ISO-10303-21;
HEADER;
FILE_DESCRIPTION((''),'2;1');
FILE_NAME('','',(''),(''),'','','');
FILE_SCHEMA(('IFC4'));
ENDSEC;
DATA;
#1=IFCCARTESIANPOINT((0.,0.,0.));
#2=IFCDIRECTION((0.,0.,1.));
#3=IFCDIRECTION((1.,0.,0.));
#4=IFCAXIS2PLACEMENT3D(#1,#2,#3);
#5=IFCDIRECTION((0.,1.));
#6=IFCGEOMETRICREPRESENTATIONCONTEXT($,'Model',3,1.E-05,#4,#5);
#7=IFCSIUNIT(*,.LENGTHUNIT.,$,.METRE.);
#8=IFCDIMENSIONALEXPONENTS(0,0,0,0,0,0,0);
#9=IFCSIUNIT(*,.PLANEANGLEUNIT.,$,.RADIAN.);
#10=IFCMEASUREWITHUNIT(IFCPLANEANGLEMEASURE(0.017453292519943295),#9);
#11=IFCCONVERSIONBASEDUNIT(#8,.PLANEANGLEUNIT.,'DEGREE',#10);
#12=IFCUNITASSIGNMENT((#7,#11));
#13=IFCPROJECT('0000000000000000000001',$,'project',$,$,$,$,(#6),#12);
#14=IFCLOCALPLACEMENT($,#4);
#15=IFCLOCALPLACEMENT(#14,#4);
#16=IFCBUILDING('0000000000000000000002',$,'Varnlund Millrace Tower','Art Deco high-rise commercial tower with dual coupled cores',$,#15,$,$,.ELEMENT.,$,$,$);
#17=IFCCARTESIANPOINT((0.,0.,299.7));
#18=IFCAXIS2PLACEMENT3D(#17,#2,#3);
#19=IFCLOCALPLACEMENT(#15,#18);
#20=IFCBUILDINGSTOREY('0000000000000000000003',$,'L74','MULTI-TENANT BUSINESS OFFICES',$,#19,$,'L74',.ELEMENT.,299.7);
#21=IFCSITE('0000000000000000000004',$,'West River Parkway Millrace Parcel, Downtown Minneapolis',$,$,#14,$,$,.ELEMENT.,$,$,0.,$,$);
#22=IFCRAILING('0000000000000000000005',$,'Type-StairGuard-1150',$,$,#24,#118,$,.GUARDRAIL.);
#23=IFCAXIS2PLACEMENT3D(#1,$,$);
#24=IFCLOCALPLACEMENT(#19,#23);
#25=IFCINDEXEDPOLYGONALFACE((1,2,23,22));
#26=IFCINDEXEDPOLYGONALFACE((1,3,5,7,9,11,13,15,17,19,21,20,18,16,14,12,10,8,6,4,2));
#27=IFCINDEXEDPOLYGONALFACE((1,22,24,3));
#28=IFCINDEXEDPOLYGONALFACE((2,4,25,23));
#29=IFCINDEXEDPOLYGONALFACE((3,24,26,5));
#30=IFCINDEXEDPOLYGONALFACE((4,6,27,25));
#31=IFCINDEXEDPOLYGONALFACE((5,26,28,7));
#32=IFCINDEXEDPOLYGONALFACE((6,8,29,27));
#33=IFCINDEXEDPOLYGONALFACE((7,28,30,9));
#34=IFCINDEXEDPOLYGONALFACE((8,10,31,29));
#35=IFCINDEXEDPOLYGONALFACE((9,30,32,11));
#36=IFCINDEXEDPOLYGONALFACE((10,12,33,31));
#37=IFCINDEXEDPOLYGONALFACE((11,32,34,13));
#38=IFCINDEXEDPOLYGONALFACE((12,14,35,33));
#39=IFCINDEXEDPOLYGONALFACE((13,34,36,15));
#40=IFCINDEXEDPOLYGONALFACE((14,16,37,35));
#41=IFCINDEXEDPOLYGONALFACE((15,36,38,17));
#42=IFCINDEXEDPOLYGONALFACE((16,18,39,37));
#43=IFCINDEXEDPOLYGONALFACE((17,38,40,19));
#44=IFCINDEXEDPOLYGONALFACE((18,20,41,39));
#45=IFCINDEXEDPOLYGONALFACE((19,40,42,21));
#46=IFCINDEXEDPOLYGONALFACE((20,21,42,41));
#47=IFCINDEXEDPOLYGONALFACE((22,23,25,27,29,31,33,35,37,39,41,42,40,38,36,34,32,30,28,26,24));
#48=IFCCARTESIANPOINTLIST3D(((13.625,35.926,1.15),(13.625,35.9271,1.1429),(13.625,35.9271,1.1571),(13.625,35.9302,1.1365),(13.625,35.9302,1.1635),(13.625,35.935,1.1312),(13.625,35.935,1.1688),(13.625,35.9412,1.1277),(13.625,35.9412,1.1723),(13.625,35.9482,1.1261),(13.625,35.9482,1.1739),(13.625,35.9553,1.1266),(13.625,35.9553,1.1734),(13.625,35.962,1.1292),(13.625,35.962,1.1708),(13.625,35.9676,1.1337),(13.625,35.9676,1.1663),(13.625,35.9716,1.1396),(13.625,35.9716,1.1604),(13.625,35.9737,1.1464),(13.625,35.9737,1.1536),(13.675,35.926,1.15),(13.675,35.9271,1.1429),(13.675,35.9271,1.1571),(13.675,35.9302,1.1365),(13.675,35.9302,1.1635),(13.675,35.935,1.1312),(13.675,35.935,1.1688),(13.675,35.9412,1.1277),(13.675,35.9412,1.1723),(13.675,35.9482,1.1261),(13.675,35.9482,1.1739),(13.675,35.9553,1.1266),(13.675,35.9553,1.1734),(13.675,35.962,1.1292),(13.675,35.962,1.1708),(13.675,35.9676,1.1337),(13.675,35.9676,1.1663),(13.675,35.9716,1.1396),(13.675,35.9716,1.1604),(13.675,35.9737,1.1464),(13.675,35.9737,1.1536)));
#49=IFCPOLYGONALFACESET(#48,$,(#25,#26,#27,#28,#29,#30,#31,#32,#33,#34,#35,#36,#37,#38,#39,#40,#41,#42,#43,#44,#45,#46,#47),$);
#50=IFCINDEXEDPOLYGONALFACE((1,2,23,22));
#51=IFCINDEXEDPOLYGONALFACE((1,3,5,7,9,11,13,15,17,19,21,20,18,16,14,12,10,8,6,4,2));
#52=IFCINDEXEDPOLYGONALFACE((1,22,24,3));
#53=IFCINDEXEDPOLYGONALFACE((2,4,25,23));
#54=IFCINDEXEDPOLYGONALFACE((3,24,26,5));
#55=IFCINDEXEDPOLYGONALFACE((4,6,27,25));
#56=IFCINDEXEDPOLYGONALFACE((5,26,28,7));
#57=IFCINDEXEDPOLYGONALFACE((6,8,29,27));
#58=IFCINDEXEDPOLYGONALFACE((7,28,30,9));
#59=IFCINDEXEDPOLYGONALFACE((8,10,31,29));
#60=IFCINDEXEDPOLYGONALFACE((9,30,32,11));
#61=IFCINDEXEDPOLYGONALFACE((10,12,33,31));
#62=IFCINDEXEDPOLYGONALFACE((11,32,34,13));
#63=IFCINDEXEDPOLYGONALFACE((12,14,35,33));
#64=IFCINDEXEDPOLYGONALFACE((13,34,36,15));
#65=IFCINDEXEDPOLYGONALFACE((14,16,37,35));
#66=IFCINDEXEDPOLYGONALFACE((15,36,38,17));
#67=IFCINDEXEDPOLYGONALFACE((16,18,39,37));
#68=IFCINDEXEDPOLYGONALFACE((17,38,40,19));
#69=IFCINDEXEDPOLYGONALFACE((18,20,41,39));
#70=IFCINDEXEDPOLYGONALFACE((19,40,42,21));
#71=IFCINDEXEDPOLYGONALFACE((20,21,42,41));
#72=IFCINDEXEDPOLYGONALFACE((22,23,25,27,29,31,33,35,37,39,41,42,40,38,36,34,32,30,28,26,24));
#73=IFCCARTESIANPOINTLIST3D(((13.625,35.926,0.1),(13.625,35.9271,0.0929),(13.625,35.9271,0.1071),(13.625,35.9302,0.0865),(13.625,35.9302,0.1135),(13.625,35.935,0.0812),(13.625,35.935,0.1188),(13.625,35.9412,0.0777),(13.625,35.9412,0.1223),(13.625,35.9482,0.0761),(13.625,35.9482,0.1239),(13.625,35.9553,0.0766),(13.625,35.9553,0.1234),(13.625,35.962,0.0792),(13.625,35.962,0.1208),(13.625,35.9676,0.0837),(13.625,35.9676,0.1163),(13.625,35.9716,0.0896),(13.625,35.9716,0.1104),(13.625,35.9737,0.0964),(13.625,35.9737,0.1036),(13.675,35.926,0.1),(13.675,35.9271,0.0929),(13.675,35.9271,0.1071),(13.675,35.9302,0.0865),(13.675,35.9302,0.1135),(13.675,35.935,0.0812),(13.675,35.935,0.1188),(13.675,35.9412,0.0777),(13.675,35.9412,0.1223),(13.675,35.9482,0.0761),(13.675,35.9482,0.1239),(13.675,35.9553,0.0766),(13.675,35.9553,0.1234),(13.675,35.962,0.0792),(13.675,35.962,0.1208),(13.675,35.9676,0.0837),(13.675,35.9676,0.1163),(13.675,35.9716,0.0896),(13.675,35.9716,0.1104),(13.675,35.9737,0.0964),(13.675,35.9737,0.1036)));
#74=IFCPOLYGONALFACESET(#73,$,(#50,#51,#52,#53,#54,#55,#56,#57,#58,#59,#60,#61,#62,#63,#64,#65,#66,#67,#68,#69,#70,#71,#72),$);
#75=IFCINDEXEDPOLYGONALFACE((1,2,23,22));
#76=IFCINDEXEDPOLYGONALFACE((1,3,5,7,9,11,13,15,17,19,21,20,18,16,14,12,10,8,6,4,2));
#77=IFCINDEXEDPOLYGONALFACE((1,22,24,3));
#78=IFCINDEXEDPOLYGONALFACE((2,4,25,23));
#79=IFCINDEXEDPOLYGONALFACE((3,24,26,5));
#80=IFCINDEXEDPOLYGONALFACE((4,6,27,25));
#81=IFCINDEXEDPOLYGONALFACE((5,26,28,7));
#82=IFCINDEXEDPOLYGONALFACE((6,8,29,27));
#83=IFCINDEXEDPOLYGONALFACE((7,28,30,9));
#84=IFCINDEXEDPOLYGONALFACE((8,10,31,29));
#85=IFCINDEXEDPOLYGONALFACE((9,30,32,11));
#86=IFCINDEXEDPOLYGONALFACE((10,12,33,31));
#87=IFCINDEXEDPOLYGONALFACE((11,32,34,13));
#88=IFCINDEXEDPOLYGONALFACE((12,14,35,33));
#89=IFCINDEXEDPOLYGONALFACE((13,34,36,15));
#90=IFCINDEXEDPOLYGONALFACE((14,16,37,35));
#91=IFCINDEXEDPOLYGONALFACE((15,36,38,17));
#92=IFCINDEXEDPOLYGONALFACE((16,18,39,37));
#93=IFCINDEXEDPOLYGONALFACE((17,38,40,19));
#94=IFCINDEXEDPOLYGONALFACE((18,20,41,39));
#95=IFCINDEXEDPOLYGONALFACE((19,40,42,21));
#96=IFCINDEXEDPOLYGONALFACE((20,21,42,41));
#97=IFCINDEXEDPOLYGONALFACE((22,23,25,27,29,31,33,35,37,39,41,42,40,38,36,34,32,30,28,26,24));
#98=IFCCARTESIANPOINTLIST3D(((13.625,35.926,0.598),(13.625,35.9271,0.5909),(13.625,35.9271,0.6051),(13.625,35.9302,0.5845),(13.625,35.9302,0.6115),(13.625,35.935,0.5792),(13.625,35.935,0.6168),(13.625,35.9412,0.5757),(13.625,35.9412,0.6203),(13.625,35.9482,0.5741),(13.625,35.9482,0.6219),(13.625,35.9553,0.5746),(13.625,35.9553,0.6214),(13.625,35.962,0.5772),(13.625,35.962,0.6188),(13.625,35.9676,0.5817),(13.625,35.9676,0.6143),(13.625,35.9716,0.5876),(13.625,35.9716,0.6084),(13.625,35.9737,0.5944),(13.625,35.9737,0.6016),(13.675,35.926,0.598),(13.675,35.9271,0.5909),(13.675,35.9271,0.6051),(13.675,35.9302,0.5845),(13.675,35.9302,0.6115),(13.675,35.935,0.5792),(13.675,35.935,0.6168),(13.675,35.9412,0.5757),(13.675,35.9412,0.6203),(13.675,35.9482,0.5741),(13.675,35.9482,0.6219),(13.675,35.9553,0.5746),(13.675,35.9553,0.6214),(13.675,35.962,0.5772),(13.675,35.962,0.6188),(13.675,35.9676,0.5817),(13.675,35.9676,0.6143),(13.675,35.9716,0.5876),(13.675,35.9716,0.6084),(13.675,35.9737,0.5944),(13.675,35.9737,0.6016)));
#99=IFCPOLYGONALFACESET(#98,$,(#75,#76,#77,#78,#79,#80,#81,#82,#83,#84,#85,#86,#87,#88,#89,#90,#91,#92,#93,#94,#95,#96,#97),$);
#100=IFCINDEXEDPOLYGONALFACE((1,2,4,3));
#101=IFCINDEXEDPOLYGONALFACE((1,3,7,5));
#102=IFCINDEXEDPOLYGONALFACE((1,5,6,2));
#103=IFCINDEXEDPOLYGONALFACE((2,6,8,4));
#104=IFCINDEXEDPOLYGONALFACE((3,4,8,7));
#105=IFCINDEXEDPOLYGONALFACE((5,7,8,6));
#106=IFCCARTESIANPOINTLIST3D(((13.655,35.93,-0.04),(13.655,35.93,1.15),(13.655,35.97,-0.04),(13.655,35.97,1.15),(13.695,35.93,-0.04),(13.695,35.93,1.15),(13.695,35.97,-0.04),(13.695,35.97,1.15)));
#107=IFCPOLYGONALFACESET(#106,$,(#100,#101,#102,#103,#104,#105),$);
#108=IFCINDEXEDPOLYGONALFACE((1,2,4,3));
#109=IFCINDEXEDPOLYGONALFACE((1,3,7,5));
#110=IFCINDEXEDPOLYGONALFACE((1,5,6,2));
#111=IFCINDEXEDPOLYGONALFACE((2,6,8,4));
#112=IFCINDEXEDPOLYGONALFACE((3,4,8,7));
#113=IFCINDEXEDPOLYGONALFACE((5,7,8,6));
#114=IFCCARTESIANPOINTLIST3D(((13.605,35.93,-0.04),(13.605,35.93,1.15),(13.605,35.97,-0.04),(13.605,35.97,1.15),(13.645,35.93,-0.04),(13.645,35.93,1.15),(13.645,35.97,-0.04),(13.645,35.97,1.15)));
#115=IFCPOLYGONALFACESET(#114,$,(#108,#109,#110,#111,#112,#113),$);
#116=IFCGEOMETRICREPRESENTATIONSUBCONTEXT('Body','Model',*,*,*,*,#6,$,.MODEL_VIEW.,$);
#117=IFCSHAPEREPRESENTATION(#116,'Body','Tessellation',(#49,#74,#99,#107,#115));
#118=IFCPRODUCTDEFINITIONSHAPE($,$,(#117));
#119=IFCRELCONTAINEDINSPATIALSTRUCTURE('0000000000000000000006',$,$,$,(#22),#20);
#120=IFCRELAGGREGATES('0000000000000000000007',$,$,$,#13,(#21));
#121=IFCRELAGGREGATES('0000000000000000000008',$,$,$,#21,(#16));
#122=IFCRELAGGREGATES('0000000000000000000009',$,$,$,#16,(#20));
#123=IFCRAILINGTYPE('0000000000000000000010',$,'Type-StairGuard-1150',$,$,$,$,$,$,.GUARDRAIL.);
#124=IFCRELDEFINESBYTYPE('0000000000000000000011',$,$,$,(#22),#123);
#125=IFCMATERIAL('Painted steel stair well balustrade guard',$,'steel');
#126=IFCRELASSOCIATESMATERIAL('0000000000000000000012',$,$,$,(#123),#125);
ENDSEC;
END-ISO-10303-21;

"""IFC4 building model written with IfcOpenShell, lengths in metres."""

from ifc_helpers import new_model, entity, si_unit, converted_unit, direction, frame, origin_with_axes, origin_2d_with_axis, place, context, subcontext, project, spatial, rectangle, circle, extrude, material, type_object, element, save


model = new_model("IFC4")

# Units and contexts
model_context = context("Model", 3, precision=1e-05, world=origin_with_axes(), true_north=direction((0.0, 1.0)))
body_context = subcontext(model_context, "Body", "Model", "MODEL_VIEW")
ifc_project = project(units=[si_unit("LENGTHUNIT", "METRE"), converted_unit("PLANEANGLEUNIT", "DEGREE", entity("IfcPlaneAngleMeasure", 0.017453292519943295), si_unit("PLANEANGLEUNIT", "RADIAN"), dimensions=[0, 0, 0, 0, 0, 0, 0])], contexts=[model_context])

# Site, building, storey
site_placement = place(None, origin_with_axes())
site = spatial("IfcSite", under=ifc_project, at=site_placement, Name="West River Parkway Millrace Parcel, Downtown Minneapolis", CompositionType="ELEMENT", RefElevation=0.0)
building_placement = place(site_placement, origin_with_axes())
building = spatial("IfcBuilding", under=site, at=building_placement, Name="Varnlund Millrace Tower", Description="Art Deco high-rise commercial tower with dual coupled cores", CompositionType="ELEMENT")
storey_placement = place(building_placement, frame((0.0, 0.0, 299.7), z_axis=(0.0, 0.0, 1.0), x_axis=(1.0, 0.0, 0.0)))
storey = spatial("IfcBuildingStorey", under=building, at=storey_placement, Name="L74", Description="MULTI-TENANT BUSINESS OFFICES", LongName="L74", CompositionType="ELEMENT", Elevation=299.7)

# Railing
ifc_material_1 = material(Name="Painted steel stair well balustrade guard", Category="steel")
railing_type_1 = type_object("IfcRailingType", Name="Type-StairGuard-1150", PredefinedType="GUARDRAIL", material=ifc_material_1)
railing_1_placement = place(storey_placement, frame((0.0, 0.0, -299.7), z_axis=(0.0, 0.0, 1.0), x_axis=(1.0, 0.0, 0.0)))
element("IfcRailing", 1, at=railing_1_placement, inside=storey, type_object=railing_type_1, Name="Type-StairGuard-1150", PredefinedType="GUARDRAIL", context=body_context, shape_type="SweptSolid", body=[
    extrude(circle(Radius=0.024, at=origin_2d_with_axis()), frame((13.675, 35.95, 300.85), z_axis=(-1.0, 0.0, 0.0), x_axis=(0.0, -1.0, 0.0)), (0.0, 0.0, 1.0), 0.05),
    extrude(circle(Radius=0.024, at=origin_2d_with_axis()), frame((13.675, 35.95, 299.8), z_axis=(-1.0, 0.0, 0.0), x_axis=(0.0, -1.0, 0.0)), (0.0, 0.0, 1.0), 0.05),
    extrude(circle(Radius=0.024, at=origin_2d_with_axis()), frame((13.675, 35.95, 300.298), z_axis=(-1.0, 0.0, 0.0), x_axis=(0.0, -1.0, 0.0)), (0.0, 0.0, 1.0), 0.05),
    extrude(rectangle(XDim=0.04, YDim=0.04, at=origin_2d_with_axis()), frame((13.675, 35.95, 299.66), z_axis=(0.0, 0.0, 1.0), x_axis=(1.0, 0.0, 0.0)), (0.0, 0.0, 1.0), 1.19),
    extrude(rectangle(XDim=0.04, YDim=0.04, at=origin_2d_with_axis()), frame((13.625, 35.95, 299.66), z_axis=(0.0, 0.0, 1.0), x_axis=(1.0, 0.0, 0.0)), (0.0, 0.0, 1.0), 1.19),
])

save(model, "model.ifc")
